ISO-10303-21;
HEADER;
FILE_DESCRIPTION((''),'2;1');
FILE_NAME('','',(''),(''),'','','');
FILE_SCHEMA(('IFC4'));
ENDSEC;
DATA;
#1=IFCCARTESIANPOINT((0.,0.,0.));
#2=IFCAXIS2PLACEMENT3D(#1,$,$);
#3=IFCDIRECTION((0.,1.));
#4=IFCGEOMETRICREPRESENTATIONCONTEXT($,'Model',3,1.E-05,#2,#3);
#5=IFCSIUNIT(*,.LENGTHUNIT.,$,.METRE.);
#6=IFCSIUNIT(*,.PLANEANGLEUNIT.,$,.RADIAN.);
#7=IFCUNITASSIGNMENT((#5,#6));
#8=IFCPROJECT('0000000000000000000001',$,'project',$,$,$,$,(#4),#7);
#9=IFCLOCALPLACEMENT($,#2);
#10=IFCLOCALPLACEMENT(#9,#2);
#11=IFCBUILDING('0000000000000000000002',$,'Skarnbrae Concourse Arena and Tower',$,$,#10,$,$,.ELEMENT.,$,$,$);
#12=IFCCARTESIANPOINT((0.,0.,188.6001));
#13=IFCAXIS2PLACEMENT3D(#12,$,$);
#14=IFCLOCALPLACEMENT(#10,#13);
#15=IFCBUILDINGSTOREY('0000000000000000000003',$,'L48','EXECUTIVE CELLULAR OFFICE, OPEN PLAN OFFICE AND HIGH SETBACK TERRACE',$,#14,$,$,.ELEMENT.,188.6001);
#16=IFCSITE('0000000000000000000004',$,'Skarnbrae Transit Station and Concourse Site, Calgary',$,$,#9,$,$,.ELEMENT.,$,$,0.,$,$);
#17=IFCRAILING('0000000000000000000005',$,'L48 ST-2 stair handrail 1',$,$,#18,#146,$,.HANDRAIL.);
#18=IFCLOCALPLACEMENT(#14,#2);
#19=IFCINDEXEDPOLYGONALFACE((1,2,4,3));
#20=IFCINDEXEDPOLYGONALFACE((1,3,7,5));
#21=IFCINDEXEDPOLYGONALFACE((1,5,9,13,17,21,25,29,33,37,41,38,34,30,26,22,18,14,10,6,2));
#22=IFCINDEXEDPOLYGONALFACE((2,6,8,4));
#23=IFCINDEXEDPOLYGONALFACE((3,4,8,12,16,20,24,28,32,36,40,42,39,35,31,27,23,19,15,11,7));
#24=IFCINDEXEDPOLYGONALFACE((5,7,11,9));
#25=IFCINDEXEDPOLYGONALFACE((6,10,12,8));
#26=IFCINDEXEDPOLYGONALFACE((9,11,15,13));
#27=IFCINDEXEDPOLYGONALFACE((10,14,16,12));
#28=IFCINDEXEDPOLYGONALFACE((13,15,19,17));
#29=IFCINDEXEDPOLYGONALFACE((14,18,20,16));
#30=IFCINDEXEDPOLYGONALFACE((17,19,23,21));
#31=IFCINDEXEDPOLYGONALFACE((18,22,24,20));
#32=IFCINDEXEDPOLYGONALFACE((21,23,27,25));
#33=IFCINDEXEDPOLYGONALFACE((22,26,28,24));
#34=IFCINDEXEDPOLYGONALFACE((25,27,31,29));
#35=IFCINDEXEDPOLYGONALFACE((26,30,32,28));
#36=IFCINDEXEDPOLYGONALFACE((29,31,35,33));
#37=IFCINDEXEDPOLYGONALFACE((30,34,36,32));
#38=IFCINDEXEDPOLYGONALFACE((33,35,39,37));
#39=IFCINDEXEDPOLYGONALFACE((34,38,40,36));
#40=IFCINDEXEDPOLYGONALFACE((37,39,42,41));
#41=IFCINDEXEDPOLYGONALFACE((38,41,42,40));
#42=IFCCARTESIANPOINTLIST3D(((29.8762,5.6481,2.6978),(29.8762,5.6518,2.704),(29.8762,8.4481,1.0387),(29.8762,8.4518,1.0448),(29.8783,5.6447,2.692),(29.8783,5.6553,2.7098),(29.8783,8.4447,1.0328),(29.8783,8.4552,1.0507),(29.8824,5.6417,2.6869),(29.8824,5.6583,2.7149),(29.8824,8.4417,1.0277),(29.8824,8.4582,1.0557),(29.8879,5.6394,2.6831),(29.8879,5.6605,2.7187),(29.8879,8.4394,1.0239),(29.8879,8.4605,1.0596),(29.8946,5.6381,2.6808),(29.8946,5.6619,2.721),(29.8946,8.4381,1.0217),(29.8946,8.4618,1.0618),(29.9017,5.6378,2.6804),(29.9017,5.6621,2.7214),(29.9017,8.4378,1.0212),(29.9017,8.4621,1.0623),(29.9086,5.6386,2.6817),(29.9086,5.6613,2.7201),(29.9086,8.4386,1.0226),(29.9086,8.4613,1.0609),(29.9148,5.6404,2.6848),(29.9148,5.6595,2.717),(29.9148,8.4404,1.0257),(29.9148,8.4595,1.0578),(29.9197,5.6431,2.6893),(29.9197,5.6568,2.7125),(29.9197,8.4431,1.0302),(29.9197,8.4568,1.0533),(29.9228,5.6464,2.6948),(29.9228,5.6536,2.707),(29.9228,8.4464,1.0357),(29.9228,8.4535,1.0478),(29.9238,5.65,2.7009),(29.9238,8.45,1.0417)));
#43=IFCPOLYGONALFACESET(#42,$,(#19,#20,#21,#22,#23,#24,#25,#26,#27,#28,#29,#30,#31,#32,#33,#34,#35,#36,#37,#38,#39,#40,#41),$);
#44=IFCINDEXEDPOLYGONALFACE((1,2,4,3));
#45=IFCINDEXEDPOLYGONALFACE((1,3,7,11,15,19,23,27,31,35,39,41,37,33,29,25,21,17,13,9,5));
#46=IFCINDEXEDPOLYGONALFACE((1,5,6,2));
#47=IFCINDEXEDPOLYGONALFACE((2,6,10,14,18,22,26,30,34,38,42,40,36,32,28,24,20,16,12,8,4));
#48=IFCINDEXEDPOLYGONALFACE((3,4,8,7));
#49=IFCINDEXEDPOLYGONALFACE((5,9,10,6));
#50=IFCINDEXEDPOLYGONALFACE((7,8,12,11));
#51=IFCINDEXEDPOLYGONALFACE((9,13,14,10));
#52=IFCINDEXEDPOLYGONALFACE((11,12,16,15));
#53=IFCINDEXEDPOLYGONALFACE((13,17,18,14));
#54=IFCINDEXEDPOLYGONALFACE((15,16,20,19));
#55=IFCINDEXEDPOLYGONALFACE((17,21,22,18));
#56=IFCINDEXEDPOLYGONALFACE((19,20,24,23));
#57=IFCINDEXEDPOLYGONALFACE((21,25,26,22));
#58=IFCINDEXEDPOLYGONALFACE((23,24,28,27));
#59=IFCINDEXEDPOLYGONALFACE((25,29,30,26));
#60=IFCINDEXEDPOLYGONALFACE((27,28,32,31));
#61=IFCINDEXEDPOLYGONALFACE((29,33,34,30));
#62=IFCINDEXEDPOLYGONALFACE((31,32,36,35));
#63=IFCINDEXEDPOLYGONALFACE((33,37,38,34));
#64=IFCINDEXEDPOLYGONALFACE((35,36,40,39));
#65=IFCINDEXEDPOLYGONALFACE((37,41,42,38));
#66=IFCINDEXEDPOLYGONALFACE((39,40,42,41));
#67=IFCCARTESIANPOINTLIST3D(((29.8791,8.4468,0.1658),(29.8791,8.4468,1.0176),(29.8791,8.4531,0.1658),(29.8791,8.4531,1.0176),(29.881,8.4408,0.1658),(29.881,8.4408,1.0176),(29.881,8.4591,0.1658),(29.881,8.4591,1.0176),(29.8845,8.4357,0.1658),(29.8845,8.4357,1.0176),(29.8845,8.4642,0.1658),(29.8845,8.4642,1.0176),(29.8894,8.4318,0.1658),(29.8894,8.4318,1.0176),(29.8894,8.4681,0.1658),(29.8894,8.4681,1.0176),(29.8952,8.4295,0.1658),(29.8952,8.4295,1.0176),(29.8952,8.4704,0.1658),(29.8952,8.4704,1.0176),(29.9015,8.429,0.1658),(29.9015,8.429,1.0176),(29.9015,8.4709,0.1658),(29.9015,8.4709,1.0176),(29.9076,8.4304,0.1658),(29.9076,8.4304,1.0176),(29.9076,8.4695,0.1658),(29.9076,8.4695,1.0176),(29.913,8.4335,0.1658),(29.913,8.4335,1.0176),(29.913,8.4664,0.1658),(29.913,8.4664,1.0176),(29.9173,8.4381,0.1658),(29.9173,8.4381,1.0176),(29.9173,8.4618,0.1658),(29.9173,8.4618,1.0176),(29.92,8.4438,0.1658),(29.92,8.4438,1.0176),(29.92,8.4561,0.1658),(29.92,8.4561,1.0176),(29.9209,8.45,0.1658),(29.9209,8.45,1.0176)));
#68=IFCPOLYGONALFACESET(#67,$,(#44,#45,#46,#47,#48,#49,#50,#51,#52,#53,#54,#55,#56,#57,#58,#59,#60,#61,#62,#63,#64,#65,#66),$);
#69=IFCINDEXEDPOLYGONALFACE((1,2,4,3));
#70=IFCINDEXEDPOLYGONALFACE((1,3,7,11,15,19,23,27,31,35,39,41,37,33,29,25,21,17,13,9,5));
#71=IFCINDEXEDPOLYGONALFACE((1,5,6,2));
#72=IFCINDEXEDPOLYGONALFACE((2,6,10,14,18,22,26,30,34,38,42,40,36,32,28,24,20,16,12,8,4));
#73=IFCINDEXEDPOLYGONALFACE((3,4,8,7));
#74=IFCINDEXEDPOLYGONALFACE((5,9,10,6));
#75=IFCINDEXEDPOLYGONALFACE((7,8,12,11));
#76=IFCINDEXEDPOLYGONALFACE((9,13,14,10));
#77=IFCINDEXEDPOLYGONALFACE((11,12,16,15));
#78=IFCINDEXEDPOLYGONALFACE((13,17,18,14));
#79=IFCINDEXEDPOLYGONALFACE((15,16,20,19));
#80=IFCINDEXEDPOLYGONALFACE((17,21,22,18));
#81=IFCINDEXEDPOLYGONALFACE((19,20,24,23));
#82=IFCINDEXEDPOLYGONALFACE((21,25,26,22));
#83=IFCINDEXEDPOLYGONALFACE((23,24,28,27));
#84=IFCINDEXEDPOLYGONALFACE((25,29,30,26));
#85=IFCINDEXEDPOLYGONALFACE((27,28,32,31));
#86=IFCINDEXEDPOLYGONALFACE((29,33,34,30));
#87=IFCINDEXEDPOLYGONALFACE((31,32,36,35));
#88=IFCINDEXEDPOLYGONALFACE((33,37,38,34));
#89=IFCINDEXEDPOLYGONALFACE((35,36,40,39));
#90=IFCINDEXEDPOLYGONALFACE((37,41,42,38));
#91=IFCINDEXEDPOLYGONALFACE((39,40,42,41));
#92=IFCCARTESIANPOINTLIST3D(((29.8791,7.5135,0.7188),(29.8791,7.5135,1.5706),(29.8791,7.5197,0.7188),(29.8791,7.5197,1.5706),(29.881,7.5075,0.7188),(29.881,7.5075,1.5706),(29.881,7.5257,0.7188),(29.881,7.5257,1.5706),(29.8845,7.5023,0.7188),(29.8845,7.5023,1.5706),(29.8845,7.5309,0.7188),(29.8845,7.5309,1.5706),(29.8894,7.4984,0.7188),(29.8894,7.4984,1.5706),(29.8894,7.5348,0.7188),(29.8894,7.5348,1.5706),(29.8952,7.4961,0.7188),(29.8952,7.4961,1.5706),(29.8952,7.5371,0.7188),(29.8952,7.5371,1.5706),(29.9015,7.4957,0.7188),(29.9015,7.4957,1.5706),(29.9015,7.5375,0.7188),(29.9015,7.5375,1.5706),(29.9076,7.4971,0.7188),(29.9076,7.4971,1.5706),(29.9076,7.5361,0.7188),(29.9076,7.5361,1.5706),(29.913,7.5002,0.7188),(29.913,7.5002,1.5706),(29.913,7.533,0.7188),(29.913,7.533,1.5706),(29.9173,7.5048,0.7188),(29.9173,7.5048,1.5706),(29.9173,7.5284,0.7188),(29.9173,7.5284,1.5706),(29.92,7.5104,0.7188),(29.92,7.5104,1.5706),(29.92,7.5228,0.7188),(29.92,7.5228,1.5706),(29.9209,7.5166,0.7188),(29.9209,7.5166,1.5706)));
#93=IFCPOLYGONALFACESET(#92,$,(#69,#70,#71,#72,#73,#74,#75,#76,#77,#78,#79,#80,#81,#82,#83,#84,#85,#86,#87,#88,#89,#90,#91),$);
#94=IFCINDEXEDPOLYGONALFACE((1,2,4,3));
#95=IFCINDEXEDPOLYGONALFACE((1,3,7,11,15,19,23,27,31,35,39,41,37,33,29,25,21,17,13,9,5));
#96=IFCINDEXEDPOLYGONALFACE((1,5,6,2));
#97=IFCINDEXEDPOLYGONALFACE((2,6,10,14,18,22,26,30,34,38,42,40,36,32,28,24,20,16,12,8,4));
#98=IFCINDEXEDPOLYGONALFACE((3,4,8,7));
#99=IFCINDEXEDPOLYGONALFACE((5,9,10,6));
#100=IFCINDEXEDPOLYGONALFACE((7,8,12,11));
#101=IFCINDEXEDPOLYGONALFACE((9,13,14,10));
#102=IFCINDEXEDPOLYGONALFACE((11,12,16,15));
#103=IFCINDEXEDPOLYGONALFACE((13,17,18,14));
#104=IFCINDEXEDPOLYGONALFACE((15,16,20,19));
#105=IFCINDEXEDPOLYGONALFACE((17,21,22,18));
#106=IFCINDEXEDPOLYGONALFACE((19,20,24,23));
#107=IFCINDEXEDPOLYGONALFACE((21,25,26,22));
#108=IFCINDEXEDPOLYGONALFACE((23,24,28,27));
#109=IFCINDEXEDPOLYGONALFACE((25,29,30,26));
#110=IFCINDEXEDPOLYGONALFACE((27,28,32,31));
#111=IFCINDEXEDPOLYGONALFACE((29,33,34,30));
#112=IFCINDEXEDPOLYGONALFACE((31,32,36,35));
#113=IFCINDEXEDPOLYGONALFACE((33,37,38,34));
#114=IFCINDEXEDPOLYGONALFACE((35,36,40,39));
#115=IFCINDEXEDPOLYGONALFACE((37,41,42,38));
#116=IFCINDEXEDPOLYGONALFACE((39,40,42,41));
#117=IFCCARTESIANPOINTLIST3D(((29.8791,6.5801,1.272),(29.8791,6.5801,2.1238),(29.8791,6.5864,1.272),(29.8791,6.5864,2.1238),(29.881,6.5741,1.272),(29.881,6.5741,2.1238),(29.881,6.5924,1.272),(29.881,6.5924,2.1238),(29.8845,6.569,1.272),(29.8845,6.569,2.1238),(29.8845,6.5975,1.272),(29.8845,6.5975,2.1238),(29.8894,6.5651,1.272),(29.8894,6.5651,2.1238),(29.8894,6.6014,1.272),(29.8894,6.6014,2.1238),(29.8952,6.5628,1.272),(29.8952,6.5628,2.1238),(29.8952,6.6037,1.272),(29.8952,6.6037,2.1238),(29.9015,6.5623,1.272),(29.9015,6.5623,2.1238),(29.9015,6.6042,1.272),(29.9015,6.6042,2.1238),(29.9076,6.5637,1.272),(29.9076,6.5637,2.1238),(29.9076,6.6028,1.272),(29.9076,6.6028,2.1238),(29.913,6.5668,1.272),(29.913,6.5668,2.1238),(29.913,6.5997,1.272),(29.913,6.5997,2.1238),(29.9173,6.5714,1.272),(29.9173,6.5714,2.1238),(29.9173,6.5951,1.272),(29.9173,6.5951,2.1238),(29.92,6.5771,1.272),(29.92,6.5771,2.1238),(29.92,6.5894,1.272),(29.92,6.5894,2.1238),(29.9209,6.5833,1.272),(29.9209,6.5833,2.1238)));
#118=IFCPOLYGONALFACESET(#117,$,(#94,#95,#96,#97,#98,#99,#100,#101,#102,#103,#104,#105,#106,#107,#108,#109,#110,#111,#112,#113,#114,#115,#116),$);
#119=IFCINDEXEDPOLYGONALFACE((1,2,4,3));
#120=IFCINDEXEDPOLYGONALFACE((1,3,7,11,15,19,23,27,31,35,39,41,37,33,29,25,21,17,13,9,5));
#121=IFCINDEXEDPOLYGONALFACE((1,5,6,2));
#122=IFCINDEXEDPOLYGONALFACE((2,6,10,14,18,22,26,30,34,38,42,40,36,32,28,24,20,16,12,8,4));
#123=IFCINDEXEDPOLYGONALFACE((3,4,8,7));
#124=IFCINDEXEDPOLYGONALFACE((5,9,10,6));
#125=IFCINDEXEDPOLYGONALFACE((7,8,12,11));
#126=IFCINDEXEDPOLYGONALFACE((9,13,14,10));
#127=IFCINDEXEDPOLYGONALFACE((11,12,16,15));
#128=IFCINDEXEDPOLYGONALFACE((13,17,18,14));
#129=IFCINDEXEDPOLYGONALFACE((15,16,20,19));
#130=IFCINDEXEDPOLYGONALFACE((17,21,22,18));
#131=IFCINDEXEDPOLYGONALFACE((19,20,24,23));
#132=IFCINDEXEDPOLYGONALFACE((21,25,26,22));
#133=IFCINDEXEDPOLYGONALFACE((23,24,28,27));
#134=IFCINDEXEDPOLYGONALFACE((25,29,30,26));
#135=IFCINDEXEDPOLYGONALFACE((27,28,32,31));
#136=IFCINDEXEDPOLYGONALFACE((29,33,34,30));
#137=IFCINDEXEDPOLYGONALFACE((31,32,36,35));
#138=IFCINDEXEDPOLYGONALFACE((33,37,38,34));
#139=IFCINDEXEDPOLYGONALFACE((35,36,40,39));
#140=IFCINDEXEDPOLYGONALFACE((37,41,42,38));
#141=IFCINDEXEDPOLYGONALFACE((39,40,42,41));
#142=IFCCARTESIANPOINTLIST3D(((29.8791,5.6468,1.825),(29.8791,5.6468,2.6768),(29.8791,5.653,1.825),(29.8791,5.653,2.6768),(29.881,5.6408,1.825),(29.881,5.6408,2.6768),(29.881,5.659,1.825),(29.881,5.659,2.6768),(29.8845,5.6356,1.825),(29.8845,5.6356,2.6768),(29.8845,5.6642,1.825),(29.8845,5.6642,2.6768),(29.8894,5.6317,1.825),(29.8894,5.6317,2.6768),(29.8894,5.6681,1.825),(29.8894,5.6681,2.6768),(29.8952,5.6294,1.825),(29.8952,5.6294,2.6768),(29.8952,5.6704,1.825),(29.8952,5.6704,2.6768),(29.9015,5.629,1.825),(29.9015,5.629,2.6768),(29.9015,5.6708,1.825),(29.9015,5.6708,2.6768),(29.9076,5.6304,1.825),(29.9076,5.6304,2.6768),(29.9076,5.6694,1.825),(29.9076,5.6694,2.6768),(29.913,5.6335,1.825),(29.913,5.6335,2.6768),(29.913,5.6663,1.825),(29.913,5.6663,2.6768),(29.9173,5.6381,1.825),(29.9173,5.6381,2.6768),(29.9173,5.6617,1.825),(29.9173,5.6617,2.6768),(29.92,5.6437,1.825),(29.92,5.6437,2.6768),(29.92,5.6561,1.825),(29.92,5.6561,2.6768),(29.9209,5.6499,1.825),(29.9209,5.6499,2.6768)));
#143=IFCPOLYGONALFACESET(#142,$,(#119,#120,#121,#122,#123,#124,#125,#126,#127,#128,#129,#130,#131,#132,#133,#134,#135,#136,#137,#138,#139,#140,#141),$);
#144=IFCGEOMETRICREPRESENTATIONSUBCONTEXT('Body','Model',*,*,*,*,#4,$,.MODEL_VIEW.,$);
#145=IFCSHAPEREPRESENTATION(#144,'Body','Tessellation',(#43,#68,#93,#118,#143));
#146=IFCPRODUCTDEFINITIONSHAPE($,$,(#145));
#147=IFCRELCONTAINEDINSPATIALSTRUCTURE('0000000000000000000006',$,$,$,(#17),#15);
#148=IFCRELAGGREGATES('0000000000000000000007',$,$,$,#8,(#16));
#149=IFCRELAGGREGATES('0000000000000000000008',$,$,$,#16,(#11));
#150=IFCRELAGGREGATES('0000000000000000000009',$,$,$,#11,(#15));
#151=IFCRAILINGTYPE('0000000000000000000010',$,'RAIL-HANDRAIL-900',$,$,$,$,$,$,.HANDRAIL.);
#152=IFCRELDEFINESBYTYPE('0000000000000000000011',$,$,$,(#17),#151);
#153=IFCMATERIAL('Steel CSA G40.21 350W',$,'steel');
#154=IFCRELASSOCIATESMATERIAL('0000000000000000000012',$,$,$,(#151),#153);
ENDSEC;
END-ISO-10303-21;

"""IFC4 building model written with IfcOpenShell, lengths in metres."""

from ifc_helpers import new_model, si_unit, direction, frame, origin, origin_2d, place, context, subcontext, project, spatial, circle, extrude, material, type_object, element, save


model = new_model("IFC4")

# Units and contexts
model_context = context("Model", 3, precision=1e-05, world=origin(), true_north=direction((0.0, 1.0)))
body_context = subcontext(model_context, "Body", "Model", "MODEL_VIEW")
ifc_project = project(units=[si_unit("LENGTHUNIT", "METRE"), si_unit("PLANEANGLEUNIT", "RADIAN")], contexts=[model_context])

# Site, building, storey
site_placement = place(None, origin())
site = spatial("IfcSite", under=ifc_project, at=site_placement, Name="Skarnbrae Transit Station and Concourse Site, Calgary", CompositionType="ELEMENT", RefElevation=0.0)
building_placement = place(site_placement, origin())
building = spatial("IfcBuilding", under=site, at=building_placement, Name="Skarnbrae Concourse Arena and Tower", CompositionType="ELEMENT")
storey_placement = place(building_placement, frame((0.0, 0.0, 188.6001)))
storey = spatial("IfcBuildingStorey", under=building, at=storey_placement, Name="L48", Description="EXECUTIVE CELLULAR OFFICE, OPEN PLAN OFFICE AND HIGH SETBACK TERRACE", CompositionType="ELEMENT", Elevation=188.6001)

# Shared definitions
ifc_material_1 = material(Name="Steel CSA G40.21 350W", Category="steel")

# Railing
railing_type_1 = type_object("IfcRailingType", Name="RAIL-HANDRAIL-900", PredefinedType="HANDRAIL", material=ifc_material_1)
railing_1_placement = place(storey_placement, frame((29.8999, 8.45, 0.1658)))
element("IfcRailing", 1, at=railing_1_placement, inside=storey, type_object=railing_type_1, Name="L48 ST-2 stair handrail 1", PredefinedType="HANDRAIL", context=body_context, shape_type="SweptSolid", body=[
    extrude(circle(Radius=0.0239, at=origin_2d()), frame((0.0, 0.0, 0.876), z_axis=(0.0, -0.860306, 0.509778), x_axis=(1.0, 0.0, 0.0)), (0.0, 0.0, 1.0), 3.2546),
    extrude(circle(Radius=0.021, at=origin_2d()), origin(), (0.0, 0.0, 1.0), 0.8518),
    extrude(circle(Radius=0.021, at=origin_2d()), frame((0.0, -0.9333, 0.553)), (0.0, 0.0, 1.0), 0.8518),
    extrude(circle(Radius=0.021, at=origin_2d()), frame((0.0, -1.8667, 1.1062)), (0.0, 0.0, 1.0), 0.8518),
    extrude(circle(Radius=0.021, at=origin_2d()), frame((0.0, -2.8, 1.6592)), (0.0, 0.0, 1.0), 0.8518),
])

save(model, "model.ifc")
